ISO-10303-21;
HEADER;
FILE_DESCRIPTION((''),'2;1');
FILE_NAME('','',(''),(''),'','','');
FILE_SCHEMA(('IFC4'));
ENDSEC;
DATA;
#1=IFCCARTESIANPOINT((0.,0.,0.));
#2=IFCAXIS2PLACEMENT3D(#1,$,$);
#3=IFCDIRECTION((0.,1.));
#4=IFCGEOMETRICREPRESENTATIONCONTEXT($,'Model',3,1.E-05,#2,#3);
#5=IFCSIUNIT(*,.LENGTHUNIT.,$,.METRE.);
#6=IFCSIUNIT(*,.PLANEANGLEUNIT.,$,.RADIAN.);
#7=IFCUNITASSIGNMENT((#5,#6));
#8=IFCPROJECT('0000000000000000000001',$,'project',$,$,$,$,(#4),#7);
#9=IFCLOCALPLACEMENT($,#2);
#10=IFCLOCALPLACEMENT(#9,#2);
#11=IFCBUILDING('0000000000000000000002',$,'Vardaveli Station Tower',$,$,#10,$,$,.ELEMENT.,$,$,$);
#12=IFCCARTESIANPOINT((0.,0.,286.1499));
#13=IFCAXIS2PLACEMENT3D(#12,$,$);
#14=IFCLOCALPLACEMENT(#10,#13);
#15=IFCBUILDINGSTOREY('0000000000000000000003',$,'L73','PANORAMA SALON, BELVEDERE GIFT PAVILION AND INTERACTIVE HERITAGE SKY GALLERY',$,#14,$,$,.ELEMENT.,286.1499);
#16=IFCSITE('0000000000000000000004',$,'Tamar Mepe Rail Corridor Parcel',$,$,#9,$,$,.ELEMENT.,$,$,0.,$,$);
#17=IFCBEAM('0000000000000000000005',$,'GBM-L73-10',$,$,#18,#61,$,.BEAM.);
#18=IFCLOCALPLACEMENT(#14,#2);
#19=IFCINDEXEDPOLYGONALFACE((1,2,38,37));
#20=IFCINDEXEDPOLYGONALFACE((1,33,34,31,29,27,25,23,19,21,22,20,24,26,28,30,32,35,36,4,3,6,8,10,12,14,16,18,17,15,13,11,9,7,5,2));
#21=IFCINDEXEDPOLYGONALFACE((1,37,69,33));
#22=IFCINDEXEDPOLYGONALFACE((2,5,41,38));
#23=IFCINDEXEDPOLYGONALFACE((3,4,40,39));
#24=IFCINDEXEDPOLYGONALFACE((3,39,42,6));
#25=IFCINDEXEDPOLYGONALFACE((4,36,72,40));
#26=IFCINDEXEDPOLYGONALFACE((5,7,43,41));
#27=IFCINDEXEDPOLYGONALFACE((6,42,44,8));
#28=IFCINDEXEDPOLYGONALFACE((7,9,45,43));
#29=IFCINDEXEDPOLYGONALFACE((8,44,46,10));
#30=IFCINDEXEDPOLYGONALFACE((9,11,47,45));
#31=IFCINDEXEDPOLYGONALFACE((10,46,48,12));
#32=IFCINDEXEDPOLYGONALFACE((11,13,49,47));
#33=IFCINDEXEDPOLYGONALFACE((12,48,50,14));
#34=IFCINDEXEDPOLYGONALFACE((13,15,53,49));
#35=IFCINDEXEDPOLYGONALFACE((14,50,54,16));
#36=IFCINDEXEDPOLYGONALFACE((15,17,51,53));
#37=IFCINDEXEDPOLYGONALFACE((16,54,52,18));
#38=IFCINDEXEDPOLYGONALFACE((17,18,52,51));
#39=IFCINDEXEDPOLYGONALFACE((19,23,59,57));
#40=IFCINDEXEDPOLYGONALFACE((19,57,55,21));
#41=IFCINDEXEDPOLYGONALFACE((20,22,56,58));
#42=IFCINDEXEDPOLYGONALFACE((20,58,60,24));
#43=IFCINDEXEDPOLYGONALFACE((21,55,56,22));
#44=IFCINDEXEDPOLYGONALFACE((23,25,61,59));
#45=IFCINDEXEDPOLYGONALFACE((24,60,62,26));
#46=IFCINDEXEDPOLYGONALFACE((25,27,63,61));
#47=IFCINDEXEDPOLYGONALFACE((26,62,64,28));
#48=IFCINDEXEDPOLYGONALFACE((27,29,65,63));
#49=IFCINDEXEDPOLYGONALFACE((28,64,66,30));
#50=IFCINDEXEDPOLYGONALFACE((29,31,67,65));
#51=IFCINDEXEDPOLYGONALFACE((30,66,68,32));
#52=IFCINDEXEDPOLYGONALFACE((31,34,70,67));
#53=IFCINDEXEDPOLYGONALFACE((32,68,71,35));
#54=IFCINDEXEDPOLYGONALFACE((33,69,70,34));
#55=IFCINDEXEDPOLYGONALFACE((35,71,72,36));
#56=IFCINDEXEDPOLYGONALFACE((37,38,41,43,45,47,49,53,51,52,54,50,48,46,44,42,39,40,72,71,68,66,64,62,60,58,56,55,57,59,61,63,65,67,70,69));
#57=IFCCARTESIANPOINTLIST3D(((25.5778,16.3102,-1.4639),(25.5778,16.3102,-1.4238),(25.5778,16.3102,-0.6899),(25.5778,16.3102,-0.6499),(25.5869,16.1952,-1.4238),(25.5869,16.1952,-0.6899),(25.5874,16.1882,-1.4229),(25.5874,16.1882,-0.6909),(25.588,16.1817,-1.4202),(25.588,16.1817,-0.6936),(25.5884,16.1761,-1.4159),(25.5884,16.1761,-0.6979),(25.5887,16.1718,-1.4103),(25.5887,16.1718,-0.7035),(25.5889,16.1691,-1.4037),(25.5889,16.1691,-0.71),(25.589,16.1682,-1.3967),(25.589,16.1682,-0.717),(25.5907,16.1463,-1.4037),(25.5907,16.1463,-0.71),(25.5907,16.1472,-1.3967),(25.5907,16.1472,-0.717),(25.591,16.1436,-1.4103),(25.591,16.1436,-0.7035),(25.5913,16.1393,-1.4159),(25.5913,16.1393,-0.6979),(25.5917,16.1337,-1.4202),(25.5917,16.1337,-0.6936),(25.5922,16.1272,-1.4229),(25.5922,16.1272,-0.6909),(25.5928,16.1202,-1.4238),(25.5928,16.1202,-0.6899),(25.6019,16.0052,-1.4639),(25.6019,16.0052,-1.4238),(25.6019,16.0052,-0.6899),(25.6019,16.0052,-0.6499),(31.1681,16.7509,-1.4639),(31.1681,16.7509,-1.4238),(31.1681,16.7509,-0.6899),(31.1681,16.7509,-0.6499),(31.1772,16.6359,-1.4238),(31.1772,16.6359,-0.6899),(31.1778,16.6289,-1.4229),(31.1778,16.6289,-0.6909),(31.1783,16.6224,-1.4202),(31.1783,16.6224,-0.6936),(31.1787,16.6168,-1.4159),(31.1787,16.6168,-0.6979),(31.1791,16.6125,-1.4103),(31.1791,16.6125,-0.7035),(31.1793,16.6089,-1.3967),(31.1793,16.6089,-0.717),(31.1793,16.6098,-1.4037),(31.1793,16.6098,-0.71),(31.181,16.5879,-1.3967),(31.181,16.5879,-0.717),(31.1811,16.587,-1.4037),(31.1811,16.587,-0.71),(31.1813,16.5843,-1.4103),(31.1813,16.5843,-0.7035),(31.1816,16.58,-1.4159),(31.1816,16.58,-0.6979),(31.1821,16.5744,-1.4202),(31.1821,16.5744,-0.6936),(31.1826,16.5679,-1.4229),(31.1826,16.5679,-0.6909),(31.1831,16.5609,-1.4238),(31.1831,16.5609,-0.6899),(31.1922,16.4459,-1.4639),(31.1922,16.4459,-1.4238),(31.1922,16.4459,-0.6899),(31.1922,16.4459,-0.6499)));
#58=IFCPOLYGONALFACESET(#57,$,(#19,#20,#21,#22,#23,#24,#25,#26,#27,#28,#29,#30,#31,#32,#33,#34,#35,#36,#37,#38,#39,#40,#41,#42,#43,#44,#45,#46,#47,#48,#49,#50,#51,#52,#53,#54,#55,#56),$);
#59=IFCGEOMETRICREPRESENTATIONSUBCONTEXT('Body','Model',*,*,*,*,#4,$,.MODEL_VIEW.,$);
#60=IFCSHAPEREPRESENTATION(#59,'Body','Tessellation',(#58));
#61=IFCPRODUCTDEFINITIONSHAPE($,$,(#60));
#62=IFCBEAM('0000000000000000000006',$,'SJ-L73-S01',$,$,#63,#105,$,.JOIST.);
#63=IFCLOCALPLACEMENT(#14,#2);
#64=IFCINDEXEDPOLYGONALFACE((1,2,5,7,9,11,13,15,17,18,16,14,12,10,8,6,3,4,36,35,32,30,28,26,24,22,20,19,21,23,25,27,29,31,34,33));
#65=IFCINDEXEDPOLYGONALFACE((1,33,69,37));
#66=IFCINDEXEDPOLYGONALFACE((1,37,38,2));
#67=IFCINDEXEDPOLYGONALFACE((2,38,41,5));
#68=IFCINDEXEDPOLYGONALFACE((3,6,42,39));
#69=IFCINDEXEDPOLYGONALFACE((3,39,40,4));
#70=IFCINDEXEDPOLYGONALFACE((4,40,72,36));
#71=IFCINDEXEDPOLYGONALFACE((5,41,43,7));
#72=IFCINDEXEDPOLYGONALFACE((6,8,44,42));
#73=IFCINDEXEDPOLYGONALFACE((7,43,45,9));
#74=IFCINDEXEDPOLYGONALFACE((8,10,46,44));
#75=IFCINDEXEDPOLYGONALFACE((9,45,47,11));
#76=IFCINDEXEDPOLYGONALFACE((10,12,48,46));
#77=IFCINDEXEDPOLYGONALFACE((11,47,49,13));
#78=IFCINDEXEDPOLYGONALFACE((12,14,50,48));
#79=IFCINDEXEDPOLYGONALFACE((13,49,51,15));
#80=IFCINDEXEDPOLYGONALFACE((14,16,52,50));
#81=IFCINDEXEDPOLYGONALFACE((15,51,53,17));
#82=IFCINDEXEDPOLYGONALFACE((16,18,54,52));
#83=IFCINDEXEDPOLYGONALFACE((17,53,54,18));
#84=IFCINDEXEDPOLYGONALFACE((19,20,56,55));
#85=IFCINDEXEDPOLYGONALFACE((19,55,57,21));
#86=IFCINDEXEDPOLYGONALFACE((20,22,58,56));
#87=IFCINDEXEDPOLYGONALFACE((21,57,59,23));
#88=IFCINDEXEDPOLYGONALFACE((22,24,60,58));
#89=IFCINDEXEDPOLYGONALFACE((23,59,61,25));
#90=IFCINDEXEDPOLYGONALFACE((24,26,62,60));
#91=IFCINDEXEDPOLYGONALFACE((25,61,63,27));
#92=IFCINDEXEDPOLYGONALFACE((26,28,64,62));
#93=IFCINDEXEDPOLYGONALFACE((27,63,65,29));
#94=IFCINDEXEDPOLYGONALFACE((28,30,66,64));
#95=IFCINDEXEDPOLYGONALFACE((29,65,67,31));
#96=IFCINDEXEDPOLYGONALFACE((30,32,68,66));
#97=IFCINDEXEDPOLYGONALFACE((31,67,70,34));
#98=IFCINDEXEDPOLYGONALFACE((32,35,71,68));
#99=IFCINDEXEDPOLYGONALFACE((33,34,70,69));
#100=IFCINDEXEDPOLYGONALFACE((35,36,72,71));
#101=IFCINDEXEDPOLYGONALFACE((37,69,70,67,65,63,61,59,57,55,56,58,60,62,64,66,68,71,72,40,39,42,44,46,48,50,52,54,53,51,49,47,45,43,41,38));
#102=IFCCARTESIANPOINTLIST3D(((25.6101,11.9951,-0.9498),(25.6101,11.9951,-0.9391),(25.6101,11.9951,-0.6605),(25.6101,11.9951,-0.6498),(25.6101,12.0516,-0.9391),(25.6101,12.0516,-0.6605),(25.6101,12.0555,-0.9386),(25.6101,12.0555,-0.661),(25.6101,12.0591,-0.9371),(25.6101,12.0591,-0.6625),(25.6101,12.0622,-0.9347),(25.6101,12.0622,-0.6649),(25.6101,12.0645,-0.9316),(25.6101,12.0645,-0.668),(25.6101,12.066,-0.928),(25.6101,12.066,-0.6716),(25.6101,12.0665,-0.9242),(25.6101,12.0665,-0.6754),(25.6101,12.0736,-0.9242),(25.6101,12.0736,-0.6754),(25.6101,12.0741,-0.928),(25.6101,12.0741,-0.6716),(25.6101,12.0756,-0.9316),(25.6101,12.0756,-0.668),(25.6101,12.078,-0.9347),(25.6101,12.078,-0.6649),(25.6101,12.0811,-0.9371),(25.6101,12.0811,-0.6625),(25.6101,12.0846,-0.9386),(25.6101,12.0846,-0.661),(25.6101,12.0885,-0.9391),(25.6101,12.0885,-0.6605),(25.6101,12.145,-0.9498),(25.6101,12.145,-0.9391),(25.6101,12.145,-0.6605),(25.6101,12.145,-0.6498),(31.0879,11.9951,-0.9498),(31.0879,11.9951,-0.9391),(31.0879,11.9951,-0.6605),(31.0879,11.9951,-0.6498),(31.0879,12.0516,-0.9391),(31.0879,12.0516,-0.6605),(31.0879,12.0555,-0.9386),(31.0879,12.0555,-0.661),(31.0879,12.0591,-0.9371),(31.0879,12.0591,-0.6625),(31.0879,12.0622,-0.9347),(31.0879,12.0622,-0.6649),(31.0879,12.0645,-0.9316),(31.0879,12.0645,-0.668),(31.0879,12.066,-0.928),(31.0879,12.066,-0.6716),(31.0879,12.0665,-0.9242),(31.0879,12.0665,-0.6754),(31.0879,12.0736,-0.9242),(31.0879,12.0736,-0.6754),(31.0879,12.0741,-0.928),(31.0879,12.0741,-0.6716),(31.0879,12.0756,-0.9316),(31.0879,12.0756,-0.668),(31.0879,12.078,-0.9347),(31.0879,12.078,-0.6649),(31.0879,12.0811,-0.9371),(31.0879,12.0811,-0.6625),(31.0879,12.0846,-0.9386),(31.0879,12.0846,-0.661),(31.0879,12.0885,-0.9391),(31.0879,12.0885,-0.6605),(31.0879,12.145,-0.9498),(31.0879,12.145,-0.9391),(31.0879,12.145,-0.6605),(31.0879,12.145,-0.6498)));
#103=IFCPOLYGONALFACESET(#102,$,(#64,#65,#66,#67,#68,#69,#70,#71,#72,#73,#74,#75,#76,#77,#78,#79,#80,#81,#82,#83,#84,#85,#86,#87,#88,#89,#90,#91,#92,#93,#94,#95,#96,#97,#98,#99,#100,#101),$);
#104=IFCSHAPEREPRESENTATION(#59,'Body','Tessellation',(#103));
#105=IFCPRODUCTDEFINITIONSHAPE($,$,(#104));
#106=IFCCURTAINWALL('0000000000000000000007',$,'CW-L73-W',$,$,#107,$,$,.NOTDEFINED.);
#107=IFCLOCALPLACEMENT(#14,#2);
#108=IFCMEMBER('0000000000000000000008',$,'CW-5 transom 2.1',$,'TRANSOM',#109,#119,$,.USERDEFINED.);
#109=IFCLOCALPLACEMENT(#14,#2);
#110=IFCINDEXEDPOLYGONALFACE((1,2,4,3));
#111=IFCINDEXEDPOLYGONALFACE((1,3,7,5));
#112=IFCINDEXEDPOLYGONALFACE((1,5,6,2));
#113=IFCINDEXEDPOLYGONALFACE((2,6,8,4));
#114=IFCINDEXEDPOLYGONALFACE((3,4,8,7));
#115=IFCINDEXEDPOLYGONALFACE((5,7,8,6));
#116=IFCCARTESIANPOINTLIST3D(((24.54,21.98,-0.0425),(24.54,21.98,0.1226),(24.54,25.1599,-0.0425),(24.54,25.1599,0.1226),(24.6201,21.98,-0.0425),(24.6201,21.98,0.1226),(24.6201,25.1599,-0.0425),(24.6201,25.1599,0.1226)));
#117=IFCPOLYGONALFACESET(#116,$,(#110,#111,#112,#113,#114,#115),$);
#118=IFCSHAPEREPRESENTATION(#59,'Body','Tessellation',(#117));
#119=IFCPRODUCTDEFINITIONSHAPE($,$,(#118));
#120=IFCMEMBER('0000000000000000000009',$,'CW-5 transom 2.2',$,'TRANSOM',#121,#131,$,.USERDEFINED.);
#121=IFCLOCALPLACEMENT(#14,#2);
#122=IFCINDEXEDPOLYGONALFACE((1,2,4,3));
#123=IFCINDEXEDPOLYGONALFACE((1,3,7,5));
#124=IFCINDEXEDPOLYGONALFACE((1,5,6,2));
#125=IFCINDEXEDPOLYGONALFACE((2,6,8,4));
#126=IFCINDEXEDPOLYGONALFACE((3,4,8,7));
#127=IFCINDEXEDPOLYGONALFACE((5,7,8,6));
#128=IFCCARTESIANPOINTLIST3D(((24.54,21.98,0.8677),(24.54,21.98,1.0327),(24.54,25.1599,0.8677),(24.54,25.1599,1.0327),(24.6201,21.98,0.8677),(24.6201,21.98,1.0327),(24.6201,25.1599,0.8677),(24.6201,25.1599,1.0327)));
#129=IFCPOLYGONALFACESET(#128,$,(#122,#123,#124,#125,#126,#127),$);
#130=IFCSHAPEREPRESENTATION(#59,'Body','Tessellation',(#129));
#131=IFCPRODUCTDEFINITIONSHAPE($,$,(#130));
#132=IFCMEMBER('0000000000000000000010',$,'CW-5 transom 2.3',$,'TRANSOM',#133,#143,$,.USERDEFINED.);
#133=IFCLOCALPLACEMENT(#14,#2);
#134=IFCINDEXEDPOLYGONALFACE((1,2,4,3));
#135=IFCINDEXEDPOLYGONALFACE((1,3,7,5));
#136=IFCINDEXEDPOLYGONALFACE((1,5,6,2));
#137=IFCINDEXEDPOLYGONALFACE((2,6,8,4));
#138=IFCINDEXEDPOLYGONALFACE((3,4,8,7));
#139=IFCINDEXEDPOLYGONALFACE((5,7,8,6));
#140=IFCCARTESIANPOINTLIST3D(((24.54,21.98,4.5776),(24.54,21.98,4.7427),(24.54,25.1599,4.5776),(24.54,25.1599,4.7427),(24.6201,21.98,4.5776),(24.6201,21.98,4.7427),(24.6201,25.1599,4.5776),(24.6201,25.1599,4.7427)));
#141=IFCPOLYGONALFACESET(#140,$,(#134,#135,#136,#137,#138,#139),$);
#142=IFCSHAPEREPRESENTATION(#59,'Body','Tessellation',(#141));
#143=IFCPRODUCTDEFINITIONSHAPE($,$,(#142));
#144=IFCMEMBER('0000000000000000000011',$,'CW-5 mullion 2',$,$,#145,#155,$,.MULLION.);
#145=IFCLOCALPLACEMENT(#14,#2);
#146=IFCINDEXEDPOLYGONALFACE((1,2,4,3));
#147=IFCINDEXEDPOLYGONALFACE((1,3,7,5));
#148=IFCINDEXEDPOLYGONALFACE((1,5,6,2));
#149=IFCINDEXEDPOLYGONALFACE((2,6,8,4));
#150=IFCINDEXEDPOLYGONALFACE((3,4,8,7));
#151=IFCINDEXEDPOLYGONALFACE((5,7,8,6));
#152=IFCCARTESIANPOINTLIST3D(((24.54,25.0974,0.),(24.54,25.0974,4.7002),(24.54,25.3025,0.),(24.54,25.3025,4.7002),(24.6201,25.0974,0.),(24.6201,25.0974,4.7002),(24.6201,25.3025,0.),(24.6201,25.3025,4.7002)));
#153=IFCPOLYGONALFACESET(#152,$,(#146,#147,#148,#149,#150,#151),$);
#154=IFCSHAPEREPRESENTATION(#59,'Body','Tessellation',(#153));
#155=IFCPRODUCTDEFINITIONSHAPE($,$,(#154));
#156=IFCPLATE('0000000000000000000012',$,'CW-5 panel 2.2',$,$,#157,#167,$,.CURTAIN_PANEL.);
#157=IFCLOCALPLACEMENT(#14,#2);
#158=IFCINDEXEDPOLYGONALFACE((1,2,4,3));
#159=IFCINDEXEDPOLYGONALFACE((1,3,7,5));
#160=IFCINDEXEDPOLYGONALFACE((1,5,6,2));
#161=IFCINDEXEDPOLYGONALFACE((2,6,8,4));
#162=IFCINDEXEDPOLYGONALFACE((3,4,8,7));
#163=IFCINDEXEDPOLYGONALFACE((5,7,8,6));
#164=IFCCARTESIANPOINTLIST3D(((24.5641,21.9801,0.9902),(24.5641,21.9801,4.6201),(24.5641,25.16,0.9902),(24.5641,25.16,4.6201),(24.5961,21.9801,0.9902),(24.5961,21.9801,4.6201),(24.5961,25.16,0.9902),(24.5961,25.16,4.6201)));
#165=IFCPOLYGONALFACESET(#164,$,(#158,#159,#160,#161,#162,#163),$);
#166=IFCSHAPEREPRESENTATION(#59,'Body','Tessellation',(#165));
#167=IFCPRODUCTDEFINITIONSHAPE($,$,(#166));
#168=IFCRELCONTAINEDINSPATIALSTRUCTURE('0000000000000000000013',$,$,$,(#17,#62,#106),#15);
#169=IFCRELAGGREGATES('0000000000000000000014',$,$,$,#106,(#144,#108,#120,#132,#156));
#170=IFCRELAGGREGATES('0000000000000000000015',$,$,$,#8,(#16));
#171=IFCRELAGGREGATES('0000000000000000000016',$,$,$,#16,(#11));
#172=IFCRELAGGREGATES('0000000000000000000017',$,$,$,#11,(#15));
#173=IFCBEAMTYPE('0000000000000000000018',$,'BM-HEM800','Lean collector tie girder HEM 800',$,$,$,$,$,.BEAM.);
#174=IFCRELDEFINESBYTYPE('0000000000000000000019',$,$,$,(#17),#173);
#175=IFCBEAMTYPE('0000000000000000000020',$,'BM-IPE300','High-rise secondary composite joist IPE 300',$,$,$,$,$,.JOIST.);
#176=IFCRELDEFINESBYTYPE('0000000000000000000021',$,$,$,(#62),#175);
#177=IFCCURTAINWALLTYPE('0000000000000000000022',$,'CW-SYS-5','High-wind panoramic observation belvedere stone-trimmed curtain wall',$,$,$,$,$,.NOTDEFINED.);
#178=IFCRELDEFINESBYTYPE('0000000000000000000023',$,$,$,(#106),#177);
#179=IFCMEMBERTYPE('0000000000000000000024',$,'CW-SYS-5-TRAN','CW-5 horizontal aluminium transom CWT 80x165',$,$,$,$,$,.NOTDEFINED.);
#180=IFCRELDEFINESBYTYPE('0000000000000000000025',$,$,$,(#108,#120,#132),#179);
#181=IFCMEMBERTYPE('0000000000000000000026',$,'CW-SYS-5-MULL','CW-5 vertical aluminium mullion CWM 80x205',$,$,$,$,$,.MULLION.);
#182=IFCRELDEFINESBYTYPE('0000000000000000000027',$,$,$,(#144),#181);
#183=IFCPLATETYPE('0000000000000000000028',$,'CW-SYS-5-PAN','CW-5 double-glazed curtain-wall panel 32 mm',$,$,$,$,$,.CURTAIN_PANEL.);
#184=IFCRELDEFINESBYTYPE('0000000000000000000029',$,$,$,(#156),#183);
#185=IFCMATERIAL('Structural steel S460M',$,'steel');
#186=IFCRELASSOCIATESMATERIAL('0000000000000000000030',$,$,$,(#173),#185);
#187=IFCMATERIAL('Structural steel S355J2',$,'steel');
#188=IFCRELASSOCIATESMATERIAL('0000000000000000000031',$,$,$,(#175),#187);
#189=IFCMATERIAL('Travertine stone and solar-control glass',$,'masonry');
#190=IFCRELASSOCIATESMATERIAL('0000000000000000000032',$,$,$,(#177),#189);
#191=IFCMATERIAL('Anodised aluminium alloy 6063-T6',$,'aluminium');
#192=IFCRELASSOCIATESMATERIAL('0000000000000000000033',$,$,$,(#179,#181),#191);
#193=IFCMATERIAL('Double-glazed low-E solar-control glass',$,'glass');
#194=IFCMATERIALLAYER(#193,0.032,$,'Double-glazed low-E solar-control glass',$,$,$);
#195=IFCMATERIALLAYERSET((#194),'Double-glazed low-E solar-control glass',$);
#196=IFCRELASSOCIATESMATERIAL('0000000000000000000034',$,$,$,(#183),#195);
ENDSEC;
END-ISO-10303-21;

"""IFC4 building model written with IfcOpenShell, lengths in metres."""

from ifc_helpers import new_model, si_unit, direction, frame, origin, origin_2d, place, context, subcontext, project, spatial, rectangle, i_section, extrude, source, transform, mapped, material, layer, layer_set, material_profile, profile_set, type_object, element, aggregate, save


model = new_model("IFC4")

# Units and contexts
model_context = context("Model", 3, precision=1e-05, world=origin(), true_north=direction((0.0, 1.0)))
body_context = subcontext(model_context, "Body", "Model", "MODEL_VIEW")
ifc_project = project(units=[si_unit("LENGTHUNIT", "METRE"), si_unit("PLANEANGLEUNIT", "RADIAN")], contexts=[model_context])

# Site, building, storey
site_placement = place(None, origin())
site = spatial("IfcSite", under=ifc_project, at=site_placement, Name="Tamar Mepe Rail Corridor Parcel", CompositionType="ELEMENT", RefElevation=0.0)
building_placement = place(site_placement, origin())
building = spatial("IfcBuilding", under=site, at=building_placement, Name="Vardaveli Station Tower", CompositionType="ELEMENT")
storey_placement = place(building_placement, frame((0.0, 0.0, 286.1499)))
storey = spatial("IfcBuildingStorey", under=building, at=storey_placement, Name="L73", Description="PANORAMA SALON, BELVEDERE GIFT PAVILION AND INTERACTIVE HERITAGE SKY GALLERY", CompositionType="ELEMENT", Elevation=286.1499)

# Shared definitions
ifc_material_1 = material(Name="Structural steel S355J2", Category="steel")

# Beams
ifc_material_2 = material(Name="Structural steel S460M", Category="steel")
ifc_material_profile_1 = material_profile(ifc_material_2, i_section(OverallWidth=0.3059, OverallDepth=0.814, WebThickness=0.021, FlangeThickness=0.04, FilletRadius=0.0271, at=origin_2d()), Name="HEM 800")
ifc_profile_set_1 = profile_set([ifc_material_profile_1], Name="Structural steel S460M")
beam_type_1 = type_object("IfcBeamType", Name="BM-HEM800", Description="Lean collector tie girder HEM 800", PredefinedType="BEAM", material=ifc_profile_set_1)
shared_shape_1 = source(origin(), body_context, "Body", "SweptSolid", [
    extrude(i_section(OverallWidth=0.3059, OverallDepth=0.814, WebThickness=0.021, FlangeThickness=0.04, FilletRadius=0.0271, at=origin_2d()), origin(), (0.0, 0.0, 1.0), 5.6077),
])
beam_1_placement = place(storey_placement, frame((25.5898, 16.1577, -1.0569), z_axis=(0.996907, 0.078584, 0.0), x_axis=(-0.078584, 0.996907, 0.0)))
element("IfcBeam", 1, at=beam_1_placement, inside=storey, type_object=beam_type_1, Name="GBM-L73-10", PredefinedType="BEAM", context=body_context, shape_type="MappedRepresentation", body=[
    mapped(shared_shape_1, transform((0.0, 0.0, 0.0), scale=1.0)),
])
ifc_material_profile_2 = material_profile(ifc_material_1, i_section(OverallWidth=0.1499, OverallDepth=0.3, WebThickness=0.0071, FlangeThickness=0.0107, FilletRadius=0.0149, at=origin_2d()), Name="IPE 300")
ifc_profile_set_2 = profile_set([ifc_material_profile_2], Name="Structural steel S355J2")
beam_type_2 = type_object("IfcBeamType", Name="BM-IPE300", Description="High-rise secondary composite joist IPE 300", PredefinedType="JOIST", material=ifc_profile_set_2)
shared_shape_2 = source(origin(), body_context, "Body", "SweptSolid", [
    extrude(i_section(OverallWidth=0.1499, OverallDepth=0.3, WebThickness=0.0071, FlangeThickness=0.0107, FilletRadius=0.0149, at=origin_2d()), origin(), (0.0, 0.0, 1.0), 5.4778),
])
beam_2_placement = place(storey_placement, frame((25.6101, 12.0701, -0.7998), z_axis=(1.0, 0.0, 0.0), x_axis=(0.0, 1.0, 0.0)))
element("IfcBeam", 2, at=beam_2_placement, inside=storey, type_object=beam_type_2, Name="SJ-L73-S01", PredefinedType="JOIST", context=body_context, shape_type="MappedRepresentation", body=[
    mapped(shared_shape_2, transform((0.0, 0.0, 0.0), scale=1.0)),
])

# Curtain wall, members, plate
ifc_material_3 = material(Name="Travertine stone and solar-control glass", Category="masonry")
curtain_wall_type = type_object("IfcCurtainWallType", Name="CW-SYS-5", Description="High-wind panoramic observation belvedere stone-trimmed curtain wall", PredefinedType="NOTDEFINED", material=ifc_material_3)
curtain_wall_placement = place(storey_placement, origin())
curtain_wall = element("IfcCurtainWall", 3, at=curtain_wall_placement, inside=storey, type_object=curtain_wall_type, Name="CW-L73-W", PredefinedType="NOTDEFINED")
ifc_material_4 = material(Name="Anodised aluminium alloy 6063-T6", Category="aluminium")
ifc_material_profile_3 = material_profile(ifc_material_4, rectangle(XDim=0.0801, YDim=0.165, at=origin_2d()), Name="CWT 80x165")
ifc_profile_set_3 = profile_set([ifc_material_profile_3], Name="Anodised aluminium alloy 6063-T6")
member_type_1 = type_object("IfcMemberType", Name="CW-SYS-5-TRAN", Description="CW-5 horizontal aluminium transom CWT 80x165", PredefinedType="NOTDEFINED", material=ifc_profile_set_3)
shared_shape_3 = source(origin(), body_context, "Body", "SweptSolid", [
    extrude(rectangle(XDim=0.0801, YDim=0.165, at=origin_2d()), origin(), (0.0, 0.0, 1.0), 3.1799),
])
member_1_placement = place(storey_placement, frame((24.5801, 25.1599, 0.04), z_axis=(0.0, -1.0, 0.0), x_axis=(1.0, 0.0, 0.0)))
member_1 = element("IfcMember", 4, at=member_1_placement, type_object=member_type_1, Name="CW-5 transom 2.1", ObjectType="TRANSOM", PredefinedType="USERDEFINED", context=body_context, shape_type="MappedRepresentation", body=[
    mapped(shared_shape_3, transform((0.0, 0.0, 0.0), scale=1.0)),
])
member_2_placement = place(storey_placement, frame((24.5801, 25.1599, 0.9502), z_axis=(0.0, -1.0, 0.0), x_axis=(1.0, 0.0, 0.0)))
member_2 = element("IfcMember", 5, at=member_2_placement, type_object=member_type_1, Name="CW-5 transom 2.2", ObjectType="TRANSOM", PredefinedType="USERDEFINED", context=body_context, shape_type="MappedRepresentation", body=[
    mapped(shared_shape_3, transform((0.0, 0.0, 0.0), scale=1.0)),
])
member_3_placement = place(storey_placement, frame((24.5801, 25.1599, 4.6602), z_axis=(0.0, -1.0, 0.0), x_axis=(1.0, 0.0, 0.0)))
member_3 = element("IfcMember", 6, at=member_3_placement, type_object=member_type_1, Name="CW-5 transom 2.3", ObjectType="TRANSOM", PredefinedType="USERDEFINED", context=body_context, shape_type="MappedRepresentation", body=[
    mapped(shared_shape_3, transform((0.0, 0.0, 0.0), scale=1.0)),
])
ifc_material_profile_4 = material_profile(ifc_material_4, rectangle(XDim=0.0801, YDim=0.2051, at=origin_2d()), Name="CWM 80x205")
ifc_profile_set_4 = profile_set([ifc_material_profile_4], Name="Anodised aluminium alloy 6063-T6")
member_type_2 = type_object("IfcMemberType", Name="CW-SYS-5-MULL", Description="CW-5 vertical aluminium mullion CWM 80x205", PredefinedType="MULLION", material=ifc_profile_set_4)
shared_shape_4 = source(origin(), body_context, "Body", "SweptSolid", [
    extrude(rectangle(XDim=0.0801, YDim=0.2051, at=origin_2d()), origin(), (0.0, 0.0, 1.0), 4.7002),
])
member_4_placement = place(storey_placement, frame((24.5801, 25.2, 0.0), z_axis=(0.0, 0.0, 1.0), x_axis=(1.0, 0.0, 0.0)))
member_4 = element("IfcMember", 7, at=member_4_placement, type_object=member_type_2, Name="CW-5 mullion 2", PredefinedType="MULLION", context=body_context, shape_type="MappedRepresentation", body=[
    mapped(shared_shape_4, transform((0.0, 0.0, 0.0), scale=1.0)),
])
ifc_material_5 = material(Name="Double-glazed low-E solar-control glass", Category="glass")
ifc_layer_1 = layer(ifc_material_5, 0.032, Name="Double-glazed low-E solar-control glass")
ifc_layer_set_1 = layer_set([ifc_layer_1], Name="Double-glazed low-E solar-control glass")
plate_type = type_object("IfcPlateType", Name="CW-SYS-5-PAN", Description="CW-5 double-glazed curtain-wall panel 32 mm", PredefinedType="CURTAIN_PANEL", material=ifc_layer_set_1)
shared_shape_5 = source(origin(), body_context, "Body", "SweptSolid", [
    extrude(rectangle(XDim=3.1799, YDim=0.032, at=origin_2d()), origin(), (0.0, 0.0, 1.0), 3.6299),
])
plate_placement = place(storey_placement, frame((24.5801, 23.5701, 0.9902), z_axis=(0.0, 0.0, 1.0), x_axis=(0.0, -1.0, 0.0)))
plate = element("IfcPlate", 8, at=plate_placement, type_object=plate_type, Name="CW-5 panel 2.2", PredefinedType="CURTAIN_PANEL", context=body_context, shape_type="MappedRepresentation", body=[
    mapped(shared_shape_5, transform((0.0, 0.0, 0.0), scale=1.0)),
])
aggregate(curtain_wall, [member_4, member_1, member_2, member_3, plate])

save(model, "model.ifc")
